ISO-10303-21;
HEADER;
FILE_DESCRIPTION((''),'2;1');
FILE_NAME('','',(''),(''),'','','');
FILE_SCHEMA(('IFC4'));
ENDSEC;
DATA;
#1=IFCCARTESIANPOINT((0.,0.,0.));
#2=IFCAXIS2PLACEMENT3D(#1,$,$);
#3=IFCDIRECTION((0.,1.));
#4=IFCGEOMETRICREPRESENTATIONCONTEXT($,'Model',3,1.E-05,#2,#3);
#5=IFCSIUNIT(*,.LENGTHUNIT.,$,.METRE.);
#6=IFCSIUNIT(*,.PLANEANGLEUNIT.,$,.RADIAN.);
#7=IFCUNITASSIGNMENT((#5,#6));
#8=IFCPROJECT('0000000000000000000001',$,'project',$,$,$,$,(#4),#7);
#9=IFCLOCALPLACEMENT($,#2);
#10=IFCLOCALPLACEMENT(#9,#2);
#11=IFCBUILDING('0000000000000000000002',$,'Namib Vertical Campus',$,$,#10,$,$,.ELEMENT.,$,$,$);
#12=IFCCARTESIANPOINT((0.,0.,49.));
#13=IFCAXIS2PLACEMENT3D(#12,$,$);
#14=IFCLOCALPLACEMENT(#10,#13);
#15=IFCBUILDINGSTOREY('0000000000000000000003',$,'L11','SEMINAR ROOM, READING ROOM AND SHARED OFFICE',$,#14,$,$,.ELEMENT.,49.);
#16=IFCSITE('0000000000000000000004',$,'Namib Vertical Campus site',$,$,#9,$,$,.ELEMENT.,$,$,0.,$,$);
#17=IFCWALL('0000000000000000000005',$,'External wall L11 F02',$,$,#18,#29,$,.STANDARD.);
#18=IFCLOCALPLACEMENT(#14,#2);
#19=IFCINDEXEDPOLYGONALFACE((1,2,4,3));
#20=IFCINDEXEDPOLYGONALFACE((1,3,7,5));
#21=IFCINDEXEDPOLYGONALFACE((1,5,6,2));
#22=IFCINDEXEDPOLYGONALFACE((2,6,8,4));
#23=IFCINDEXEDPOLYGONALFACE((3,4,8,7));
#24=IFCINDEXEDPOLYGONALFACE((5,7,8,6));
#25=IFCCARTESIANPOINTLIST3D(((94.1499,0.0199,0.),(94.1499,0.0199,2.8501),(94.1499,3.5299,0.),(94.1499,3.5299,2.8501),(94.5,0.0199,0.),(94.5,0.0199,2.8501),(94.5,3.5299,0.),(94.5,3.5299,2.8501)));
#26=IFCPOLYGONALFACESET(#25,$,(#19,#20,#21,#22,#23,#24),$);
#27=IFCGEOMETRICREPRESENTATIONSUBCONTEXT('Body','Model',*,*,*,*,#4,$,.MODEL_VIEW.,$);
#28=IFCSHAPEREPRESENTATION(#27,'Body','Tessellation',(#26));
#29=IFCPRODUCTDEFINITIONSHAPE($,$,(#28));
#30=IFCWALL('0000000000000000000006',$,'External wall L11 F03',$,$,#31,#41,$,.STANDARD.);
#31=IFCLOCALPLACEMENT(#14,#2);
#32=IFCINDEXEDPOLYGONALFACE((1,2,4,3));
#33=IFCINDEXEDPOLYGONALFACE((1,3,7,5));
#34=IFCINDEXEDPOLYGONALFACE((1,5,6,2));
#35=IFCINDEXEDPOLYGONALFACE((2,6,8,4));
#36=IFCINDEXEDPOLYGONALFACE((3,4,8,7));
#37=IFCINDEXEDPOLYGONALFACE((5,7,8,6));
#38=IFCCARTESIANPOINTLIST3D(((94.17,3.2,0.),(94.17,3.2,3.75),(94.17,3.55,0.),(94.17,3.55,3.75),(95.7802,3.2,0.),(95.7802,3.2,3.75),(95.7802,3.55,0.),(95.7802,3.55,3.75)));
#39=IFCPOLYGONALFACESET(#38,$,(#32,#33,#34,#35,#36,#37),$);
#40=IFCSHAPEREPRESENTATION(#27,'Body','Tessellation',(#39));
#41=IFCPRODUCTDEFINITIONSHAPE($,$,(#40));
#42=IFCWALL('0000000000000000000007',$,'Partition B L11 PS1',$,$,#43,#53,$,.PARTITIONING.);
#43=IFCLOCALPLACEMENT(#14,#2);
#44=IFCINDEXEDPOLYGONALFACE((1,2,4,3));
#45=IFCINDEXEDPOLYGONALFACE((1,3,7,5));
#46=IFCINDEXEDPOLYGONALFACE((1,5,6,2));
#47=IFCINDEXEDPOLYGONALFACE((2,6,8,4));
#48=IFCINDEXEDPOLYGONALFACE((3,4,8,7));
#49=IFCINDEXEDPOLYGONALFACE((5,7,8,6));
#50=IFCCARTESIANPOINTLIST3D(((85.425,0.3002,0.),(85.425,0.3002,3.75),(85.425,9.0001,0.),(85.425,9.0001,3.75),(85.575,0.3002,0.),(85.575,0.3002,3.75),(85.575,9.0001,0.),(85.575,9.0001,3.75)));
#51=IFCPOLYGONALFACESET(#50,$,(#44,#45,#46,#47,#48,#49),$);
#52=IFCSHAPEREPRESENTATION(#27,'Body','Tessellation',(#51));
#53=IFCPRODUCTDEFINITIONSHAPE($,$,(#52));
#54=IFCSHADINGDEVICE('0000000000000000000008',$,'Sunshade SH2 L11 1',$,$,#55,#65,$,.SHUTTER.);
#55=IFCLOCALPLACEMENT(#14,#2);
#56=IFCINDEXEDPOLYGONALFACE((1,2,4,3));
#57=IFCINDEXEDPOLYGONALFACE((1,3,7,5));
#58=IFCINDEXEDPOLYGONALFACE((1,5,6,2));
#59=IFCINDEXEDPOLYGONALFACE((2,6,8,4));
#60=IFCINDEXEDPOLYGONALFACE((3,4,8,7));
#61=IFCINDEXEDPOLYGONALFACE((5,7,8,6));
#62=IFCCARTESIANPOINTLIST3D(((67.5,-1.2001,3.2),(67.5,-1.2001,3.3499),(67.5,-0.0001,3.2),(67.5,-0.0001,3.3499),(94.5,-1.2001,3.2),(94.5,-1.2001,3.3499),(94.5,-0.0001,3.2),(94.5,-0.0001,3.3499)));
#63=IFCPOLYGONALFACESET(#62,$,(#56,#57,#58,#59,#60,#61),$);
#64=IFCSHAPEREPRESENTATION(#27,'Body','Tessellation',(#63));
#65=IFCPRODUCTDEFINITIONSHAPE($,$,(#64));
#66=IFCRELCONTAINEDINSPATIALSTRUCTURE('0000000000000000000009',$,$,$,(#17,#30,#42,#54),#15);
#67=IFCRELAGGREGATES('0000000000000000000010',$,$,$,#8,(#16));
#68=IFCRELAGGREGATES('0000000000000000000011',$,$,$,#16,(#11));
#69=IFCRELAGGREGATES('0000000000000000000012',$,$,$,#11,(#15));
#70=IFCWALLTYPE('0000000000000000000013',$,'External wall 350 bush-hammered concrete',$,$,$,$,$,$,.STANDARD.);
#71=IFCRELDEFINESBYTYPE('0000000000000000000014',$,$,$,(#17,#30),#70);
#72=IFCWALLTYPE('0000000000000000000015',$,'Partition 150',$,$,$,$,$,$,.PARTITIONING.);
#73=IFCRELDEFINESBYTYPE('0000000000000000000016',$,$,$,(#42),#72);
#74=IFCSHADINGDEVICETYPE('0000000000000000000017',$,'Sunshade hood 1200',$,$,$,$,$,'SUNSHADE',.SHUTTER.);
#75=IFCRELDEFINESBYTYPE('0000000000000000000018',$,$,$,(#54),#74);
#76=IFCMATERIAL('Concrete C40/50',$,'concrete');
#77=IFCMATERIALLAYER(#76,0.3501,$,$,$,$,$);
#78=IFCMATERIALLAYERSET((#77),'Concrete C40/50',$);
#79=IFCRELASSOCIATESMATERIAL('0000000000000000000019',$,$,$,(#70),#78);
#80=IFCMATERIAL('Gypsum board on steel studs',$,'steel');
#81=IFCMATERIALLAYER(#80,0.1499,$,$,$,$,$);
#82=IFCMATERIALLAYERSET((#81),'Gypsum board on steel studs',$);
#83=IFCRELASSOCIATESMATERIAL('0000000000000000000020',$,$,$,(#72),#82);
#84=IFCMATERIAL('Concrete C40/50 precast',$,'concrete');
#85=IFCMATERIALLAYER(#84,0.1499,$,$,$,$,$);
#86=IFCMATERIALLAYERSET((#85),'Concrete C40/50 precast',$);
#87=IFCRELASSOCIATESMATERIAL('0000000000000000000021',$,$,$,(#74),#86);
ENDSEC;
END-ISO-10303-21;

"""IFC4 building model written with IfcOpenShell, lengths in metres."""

from ifc_helpers import new_model, si_unit, direction, frame, frame_2d, origin, origin_2d, place, context, subcontext, project, spatial, rectangle, extrude, material, layer, layer_set, type_object, element, save


model = new_model("IFC4")

# Units and contexts
model_context = context("Model", 3, precision=1e-05, world=origin(), true_north=direction((0.0, 1.0)))
body_context = subcontext(model_context, "Body", "Model", "MODEL_VIEW")
ifc_project = project(units=[si_unit("LENGTHUNIT", "METRE"), si_unit("PLANEANGLEUNIT", "RADIAN")], contexts=[model_context])

# Site, building, storey
site_placement = place(None, origin())
site = spatial("IfcSite", under=ifc_project, at=site_placement, Name="Namib Vertical Campus site", CompositionType="ELEMENT", RefElevation=0.0)
building_placement = place(site_placement, origin())
building = spatial("IfcBuilding", under=site, at=building_placement, Name="Namib Vertical Campus", CompositionType="ELEMENT")
storey_placement = place(building_placement, frame((0.0, 0.0, 49.0)))
storey = spatial("IfcBuildingStorey", under=building, at=storey_placement, Name="L11", Description="SEMINAR ROOM, READING ROOM AND SHARED OFFICE", CompositionType="ELEMENT", Elevation=49.0)

# Walls
ifc_material_1 = material(Name="Concrete C40/50", Category="concrete")
ifc_layer_1 = layer(ifc_material_1, 0.3501)
ifc_layer_set_1 = layer_set([ifc_layer_1], Name="Concrete C40/50")
wall_type_1 = type_object("IfcWallType", Name="External wall 350 bush-hammered concrete", PredefinedType="STANDARD", material=ifc_layer_set_1)
wall_1_placement = place(storey_placement, frame((94.325, 0.02, 0.0), z_axis=(0.0, 0.0, 1.0), x_axis=(0.0, 1.0, 0.0)))
element("IfcWall", 1, at=wall_1_placement, inside=storey, type_object=wall_type_1, Name="External wall L11 F02", PredefinedType="STANDARD", context=body_context, shape_type="SweptSolid", body=[
    extrude(rectangle(XDim=3.51, YDim=0.3501, at=frame_2d((1.7549, 0.0))), origin(), (0.0, 0.0, 1.0), 2.8501),
])
wall_2_placement = place(storey_placement, frame((94.1699, 3.375, 0.0), z_axis=(0.0, 0.0, 1.0), x_axis=(1.0, 0.0, 0.0)))
element("IfcWall", 2, at=wall_2_placement, inside=storey, type_object=wall_type_1, Name="External wall L11 F03", PredefinedType="STANDARD", context=body_context, shape_type="SweptSolid", body=[
    extrude(rectangle(XDim=1.6101, YDim=0.3501, at=frame_2d((0.8052, 0.0))), origin(), (0.0, 0.0, 1.0), 3.75),
])
ifc_material_2 = material(Name="Gypsum board on steel studs", Category="steel")
ifc_layer_2 = layer(ifc_material_2, 0.1499)
ifc_layer_set_2 = layer_set([ifc_layer_2], Name="Gypsum board on steel studs")
wall_type_2 = type_object("IfcWallType", Name="Partition 150", PredefinedType="PARTITIONING", material=ifc_layer_set_2)
wall_3_placement = place(storey_placement, frame((85.5, 0.3, 0.0), z_axis=(0.0, 0.0, 1.0), x_axis=(0.0, 1.0, 0.0)))
element("IfcWall", 3, at=wall_3_placement, inside=storey, type_object=wall_type_2, Name="Partition B L11 PS1", PredefinedType="PARTITIONING", context=body_context, shape_type="SweptSolid", body=[
    extrude(rectangle(XDim=8.7, YDim=0.1499, at=frame_2d((4.3501, 0.0))), origin(), (0.0, 0.0, 1.0), 3.75),
])

# Shading device
ifc_material_3 = material(Name="Concrete C40/50 precast", Category="concrete")
ifc_layer_3 = layer(ifc_material_3, 0.1499)
ifc_layer_set_3 = layer_set([ifc_layer_3], Name="Concrete C40/50 precast")
shading_device_type = type_object("IfcShadingDeviceType", Name="Sunshade hood 1200", ElementType="SUNSHADE", PredefinedType="SHUTTER", material=ifc_layer_set_3)
shading_device_placement = place(storey_placement, frame((81.0, -0.6001, 3.2), z_axis=(0.0, 0.0, 1.0), x_axis=(1.0, 0.0, 0.0)))
element("IfcShadingDevice", 4, at=shading_device_placement, inside=storey, type_object=shading_device_type, Name="Sunshade SH2 L11 1", PredefinedType="SHUTTER", context=body_context, shape_type="SweptSolid", body=[
    extrude(rectangle(XDim=27.0, YDim=1.2, at=origin_2d()), origin(), (0.0, 0.0, 1.0), 0.1499),
])

save(model, "model.ifc")
